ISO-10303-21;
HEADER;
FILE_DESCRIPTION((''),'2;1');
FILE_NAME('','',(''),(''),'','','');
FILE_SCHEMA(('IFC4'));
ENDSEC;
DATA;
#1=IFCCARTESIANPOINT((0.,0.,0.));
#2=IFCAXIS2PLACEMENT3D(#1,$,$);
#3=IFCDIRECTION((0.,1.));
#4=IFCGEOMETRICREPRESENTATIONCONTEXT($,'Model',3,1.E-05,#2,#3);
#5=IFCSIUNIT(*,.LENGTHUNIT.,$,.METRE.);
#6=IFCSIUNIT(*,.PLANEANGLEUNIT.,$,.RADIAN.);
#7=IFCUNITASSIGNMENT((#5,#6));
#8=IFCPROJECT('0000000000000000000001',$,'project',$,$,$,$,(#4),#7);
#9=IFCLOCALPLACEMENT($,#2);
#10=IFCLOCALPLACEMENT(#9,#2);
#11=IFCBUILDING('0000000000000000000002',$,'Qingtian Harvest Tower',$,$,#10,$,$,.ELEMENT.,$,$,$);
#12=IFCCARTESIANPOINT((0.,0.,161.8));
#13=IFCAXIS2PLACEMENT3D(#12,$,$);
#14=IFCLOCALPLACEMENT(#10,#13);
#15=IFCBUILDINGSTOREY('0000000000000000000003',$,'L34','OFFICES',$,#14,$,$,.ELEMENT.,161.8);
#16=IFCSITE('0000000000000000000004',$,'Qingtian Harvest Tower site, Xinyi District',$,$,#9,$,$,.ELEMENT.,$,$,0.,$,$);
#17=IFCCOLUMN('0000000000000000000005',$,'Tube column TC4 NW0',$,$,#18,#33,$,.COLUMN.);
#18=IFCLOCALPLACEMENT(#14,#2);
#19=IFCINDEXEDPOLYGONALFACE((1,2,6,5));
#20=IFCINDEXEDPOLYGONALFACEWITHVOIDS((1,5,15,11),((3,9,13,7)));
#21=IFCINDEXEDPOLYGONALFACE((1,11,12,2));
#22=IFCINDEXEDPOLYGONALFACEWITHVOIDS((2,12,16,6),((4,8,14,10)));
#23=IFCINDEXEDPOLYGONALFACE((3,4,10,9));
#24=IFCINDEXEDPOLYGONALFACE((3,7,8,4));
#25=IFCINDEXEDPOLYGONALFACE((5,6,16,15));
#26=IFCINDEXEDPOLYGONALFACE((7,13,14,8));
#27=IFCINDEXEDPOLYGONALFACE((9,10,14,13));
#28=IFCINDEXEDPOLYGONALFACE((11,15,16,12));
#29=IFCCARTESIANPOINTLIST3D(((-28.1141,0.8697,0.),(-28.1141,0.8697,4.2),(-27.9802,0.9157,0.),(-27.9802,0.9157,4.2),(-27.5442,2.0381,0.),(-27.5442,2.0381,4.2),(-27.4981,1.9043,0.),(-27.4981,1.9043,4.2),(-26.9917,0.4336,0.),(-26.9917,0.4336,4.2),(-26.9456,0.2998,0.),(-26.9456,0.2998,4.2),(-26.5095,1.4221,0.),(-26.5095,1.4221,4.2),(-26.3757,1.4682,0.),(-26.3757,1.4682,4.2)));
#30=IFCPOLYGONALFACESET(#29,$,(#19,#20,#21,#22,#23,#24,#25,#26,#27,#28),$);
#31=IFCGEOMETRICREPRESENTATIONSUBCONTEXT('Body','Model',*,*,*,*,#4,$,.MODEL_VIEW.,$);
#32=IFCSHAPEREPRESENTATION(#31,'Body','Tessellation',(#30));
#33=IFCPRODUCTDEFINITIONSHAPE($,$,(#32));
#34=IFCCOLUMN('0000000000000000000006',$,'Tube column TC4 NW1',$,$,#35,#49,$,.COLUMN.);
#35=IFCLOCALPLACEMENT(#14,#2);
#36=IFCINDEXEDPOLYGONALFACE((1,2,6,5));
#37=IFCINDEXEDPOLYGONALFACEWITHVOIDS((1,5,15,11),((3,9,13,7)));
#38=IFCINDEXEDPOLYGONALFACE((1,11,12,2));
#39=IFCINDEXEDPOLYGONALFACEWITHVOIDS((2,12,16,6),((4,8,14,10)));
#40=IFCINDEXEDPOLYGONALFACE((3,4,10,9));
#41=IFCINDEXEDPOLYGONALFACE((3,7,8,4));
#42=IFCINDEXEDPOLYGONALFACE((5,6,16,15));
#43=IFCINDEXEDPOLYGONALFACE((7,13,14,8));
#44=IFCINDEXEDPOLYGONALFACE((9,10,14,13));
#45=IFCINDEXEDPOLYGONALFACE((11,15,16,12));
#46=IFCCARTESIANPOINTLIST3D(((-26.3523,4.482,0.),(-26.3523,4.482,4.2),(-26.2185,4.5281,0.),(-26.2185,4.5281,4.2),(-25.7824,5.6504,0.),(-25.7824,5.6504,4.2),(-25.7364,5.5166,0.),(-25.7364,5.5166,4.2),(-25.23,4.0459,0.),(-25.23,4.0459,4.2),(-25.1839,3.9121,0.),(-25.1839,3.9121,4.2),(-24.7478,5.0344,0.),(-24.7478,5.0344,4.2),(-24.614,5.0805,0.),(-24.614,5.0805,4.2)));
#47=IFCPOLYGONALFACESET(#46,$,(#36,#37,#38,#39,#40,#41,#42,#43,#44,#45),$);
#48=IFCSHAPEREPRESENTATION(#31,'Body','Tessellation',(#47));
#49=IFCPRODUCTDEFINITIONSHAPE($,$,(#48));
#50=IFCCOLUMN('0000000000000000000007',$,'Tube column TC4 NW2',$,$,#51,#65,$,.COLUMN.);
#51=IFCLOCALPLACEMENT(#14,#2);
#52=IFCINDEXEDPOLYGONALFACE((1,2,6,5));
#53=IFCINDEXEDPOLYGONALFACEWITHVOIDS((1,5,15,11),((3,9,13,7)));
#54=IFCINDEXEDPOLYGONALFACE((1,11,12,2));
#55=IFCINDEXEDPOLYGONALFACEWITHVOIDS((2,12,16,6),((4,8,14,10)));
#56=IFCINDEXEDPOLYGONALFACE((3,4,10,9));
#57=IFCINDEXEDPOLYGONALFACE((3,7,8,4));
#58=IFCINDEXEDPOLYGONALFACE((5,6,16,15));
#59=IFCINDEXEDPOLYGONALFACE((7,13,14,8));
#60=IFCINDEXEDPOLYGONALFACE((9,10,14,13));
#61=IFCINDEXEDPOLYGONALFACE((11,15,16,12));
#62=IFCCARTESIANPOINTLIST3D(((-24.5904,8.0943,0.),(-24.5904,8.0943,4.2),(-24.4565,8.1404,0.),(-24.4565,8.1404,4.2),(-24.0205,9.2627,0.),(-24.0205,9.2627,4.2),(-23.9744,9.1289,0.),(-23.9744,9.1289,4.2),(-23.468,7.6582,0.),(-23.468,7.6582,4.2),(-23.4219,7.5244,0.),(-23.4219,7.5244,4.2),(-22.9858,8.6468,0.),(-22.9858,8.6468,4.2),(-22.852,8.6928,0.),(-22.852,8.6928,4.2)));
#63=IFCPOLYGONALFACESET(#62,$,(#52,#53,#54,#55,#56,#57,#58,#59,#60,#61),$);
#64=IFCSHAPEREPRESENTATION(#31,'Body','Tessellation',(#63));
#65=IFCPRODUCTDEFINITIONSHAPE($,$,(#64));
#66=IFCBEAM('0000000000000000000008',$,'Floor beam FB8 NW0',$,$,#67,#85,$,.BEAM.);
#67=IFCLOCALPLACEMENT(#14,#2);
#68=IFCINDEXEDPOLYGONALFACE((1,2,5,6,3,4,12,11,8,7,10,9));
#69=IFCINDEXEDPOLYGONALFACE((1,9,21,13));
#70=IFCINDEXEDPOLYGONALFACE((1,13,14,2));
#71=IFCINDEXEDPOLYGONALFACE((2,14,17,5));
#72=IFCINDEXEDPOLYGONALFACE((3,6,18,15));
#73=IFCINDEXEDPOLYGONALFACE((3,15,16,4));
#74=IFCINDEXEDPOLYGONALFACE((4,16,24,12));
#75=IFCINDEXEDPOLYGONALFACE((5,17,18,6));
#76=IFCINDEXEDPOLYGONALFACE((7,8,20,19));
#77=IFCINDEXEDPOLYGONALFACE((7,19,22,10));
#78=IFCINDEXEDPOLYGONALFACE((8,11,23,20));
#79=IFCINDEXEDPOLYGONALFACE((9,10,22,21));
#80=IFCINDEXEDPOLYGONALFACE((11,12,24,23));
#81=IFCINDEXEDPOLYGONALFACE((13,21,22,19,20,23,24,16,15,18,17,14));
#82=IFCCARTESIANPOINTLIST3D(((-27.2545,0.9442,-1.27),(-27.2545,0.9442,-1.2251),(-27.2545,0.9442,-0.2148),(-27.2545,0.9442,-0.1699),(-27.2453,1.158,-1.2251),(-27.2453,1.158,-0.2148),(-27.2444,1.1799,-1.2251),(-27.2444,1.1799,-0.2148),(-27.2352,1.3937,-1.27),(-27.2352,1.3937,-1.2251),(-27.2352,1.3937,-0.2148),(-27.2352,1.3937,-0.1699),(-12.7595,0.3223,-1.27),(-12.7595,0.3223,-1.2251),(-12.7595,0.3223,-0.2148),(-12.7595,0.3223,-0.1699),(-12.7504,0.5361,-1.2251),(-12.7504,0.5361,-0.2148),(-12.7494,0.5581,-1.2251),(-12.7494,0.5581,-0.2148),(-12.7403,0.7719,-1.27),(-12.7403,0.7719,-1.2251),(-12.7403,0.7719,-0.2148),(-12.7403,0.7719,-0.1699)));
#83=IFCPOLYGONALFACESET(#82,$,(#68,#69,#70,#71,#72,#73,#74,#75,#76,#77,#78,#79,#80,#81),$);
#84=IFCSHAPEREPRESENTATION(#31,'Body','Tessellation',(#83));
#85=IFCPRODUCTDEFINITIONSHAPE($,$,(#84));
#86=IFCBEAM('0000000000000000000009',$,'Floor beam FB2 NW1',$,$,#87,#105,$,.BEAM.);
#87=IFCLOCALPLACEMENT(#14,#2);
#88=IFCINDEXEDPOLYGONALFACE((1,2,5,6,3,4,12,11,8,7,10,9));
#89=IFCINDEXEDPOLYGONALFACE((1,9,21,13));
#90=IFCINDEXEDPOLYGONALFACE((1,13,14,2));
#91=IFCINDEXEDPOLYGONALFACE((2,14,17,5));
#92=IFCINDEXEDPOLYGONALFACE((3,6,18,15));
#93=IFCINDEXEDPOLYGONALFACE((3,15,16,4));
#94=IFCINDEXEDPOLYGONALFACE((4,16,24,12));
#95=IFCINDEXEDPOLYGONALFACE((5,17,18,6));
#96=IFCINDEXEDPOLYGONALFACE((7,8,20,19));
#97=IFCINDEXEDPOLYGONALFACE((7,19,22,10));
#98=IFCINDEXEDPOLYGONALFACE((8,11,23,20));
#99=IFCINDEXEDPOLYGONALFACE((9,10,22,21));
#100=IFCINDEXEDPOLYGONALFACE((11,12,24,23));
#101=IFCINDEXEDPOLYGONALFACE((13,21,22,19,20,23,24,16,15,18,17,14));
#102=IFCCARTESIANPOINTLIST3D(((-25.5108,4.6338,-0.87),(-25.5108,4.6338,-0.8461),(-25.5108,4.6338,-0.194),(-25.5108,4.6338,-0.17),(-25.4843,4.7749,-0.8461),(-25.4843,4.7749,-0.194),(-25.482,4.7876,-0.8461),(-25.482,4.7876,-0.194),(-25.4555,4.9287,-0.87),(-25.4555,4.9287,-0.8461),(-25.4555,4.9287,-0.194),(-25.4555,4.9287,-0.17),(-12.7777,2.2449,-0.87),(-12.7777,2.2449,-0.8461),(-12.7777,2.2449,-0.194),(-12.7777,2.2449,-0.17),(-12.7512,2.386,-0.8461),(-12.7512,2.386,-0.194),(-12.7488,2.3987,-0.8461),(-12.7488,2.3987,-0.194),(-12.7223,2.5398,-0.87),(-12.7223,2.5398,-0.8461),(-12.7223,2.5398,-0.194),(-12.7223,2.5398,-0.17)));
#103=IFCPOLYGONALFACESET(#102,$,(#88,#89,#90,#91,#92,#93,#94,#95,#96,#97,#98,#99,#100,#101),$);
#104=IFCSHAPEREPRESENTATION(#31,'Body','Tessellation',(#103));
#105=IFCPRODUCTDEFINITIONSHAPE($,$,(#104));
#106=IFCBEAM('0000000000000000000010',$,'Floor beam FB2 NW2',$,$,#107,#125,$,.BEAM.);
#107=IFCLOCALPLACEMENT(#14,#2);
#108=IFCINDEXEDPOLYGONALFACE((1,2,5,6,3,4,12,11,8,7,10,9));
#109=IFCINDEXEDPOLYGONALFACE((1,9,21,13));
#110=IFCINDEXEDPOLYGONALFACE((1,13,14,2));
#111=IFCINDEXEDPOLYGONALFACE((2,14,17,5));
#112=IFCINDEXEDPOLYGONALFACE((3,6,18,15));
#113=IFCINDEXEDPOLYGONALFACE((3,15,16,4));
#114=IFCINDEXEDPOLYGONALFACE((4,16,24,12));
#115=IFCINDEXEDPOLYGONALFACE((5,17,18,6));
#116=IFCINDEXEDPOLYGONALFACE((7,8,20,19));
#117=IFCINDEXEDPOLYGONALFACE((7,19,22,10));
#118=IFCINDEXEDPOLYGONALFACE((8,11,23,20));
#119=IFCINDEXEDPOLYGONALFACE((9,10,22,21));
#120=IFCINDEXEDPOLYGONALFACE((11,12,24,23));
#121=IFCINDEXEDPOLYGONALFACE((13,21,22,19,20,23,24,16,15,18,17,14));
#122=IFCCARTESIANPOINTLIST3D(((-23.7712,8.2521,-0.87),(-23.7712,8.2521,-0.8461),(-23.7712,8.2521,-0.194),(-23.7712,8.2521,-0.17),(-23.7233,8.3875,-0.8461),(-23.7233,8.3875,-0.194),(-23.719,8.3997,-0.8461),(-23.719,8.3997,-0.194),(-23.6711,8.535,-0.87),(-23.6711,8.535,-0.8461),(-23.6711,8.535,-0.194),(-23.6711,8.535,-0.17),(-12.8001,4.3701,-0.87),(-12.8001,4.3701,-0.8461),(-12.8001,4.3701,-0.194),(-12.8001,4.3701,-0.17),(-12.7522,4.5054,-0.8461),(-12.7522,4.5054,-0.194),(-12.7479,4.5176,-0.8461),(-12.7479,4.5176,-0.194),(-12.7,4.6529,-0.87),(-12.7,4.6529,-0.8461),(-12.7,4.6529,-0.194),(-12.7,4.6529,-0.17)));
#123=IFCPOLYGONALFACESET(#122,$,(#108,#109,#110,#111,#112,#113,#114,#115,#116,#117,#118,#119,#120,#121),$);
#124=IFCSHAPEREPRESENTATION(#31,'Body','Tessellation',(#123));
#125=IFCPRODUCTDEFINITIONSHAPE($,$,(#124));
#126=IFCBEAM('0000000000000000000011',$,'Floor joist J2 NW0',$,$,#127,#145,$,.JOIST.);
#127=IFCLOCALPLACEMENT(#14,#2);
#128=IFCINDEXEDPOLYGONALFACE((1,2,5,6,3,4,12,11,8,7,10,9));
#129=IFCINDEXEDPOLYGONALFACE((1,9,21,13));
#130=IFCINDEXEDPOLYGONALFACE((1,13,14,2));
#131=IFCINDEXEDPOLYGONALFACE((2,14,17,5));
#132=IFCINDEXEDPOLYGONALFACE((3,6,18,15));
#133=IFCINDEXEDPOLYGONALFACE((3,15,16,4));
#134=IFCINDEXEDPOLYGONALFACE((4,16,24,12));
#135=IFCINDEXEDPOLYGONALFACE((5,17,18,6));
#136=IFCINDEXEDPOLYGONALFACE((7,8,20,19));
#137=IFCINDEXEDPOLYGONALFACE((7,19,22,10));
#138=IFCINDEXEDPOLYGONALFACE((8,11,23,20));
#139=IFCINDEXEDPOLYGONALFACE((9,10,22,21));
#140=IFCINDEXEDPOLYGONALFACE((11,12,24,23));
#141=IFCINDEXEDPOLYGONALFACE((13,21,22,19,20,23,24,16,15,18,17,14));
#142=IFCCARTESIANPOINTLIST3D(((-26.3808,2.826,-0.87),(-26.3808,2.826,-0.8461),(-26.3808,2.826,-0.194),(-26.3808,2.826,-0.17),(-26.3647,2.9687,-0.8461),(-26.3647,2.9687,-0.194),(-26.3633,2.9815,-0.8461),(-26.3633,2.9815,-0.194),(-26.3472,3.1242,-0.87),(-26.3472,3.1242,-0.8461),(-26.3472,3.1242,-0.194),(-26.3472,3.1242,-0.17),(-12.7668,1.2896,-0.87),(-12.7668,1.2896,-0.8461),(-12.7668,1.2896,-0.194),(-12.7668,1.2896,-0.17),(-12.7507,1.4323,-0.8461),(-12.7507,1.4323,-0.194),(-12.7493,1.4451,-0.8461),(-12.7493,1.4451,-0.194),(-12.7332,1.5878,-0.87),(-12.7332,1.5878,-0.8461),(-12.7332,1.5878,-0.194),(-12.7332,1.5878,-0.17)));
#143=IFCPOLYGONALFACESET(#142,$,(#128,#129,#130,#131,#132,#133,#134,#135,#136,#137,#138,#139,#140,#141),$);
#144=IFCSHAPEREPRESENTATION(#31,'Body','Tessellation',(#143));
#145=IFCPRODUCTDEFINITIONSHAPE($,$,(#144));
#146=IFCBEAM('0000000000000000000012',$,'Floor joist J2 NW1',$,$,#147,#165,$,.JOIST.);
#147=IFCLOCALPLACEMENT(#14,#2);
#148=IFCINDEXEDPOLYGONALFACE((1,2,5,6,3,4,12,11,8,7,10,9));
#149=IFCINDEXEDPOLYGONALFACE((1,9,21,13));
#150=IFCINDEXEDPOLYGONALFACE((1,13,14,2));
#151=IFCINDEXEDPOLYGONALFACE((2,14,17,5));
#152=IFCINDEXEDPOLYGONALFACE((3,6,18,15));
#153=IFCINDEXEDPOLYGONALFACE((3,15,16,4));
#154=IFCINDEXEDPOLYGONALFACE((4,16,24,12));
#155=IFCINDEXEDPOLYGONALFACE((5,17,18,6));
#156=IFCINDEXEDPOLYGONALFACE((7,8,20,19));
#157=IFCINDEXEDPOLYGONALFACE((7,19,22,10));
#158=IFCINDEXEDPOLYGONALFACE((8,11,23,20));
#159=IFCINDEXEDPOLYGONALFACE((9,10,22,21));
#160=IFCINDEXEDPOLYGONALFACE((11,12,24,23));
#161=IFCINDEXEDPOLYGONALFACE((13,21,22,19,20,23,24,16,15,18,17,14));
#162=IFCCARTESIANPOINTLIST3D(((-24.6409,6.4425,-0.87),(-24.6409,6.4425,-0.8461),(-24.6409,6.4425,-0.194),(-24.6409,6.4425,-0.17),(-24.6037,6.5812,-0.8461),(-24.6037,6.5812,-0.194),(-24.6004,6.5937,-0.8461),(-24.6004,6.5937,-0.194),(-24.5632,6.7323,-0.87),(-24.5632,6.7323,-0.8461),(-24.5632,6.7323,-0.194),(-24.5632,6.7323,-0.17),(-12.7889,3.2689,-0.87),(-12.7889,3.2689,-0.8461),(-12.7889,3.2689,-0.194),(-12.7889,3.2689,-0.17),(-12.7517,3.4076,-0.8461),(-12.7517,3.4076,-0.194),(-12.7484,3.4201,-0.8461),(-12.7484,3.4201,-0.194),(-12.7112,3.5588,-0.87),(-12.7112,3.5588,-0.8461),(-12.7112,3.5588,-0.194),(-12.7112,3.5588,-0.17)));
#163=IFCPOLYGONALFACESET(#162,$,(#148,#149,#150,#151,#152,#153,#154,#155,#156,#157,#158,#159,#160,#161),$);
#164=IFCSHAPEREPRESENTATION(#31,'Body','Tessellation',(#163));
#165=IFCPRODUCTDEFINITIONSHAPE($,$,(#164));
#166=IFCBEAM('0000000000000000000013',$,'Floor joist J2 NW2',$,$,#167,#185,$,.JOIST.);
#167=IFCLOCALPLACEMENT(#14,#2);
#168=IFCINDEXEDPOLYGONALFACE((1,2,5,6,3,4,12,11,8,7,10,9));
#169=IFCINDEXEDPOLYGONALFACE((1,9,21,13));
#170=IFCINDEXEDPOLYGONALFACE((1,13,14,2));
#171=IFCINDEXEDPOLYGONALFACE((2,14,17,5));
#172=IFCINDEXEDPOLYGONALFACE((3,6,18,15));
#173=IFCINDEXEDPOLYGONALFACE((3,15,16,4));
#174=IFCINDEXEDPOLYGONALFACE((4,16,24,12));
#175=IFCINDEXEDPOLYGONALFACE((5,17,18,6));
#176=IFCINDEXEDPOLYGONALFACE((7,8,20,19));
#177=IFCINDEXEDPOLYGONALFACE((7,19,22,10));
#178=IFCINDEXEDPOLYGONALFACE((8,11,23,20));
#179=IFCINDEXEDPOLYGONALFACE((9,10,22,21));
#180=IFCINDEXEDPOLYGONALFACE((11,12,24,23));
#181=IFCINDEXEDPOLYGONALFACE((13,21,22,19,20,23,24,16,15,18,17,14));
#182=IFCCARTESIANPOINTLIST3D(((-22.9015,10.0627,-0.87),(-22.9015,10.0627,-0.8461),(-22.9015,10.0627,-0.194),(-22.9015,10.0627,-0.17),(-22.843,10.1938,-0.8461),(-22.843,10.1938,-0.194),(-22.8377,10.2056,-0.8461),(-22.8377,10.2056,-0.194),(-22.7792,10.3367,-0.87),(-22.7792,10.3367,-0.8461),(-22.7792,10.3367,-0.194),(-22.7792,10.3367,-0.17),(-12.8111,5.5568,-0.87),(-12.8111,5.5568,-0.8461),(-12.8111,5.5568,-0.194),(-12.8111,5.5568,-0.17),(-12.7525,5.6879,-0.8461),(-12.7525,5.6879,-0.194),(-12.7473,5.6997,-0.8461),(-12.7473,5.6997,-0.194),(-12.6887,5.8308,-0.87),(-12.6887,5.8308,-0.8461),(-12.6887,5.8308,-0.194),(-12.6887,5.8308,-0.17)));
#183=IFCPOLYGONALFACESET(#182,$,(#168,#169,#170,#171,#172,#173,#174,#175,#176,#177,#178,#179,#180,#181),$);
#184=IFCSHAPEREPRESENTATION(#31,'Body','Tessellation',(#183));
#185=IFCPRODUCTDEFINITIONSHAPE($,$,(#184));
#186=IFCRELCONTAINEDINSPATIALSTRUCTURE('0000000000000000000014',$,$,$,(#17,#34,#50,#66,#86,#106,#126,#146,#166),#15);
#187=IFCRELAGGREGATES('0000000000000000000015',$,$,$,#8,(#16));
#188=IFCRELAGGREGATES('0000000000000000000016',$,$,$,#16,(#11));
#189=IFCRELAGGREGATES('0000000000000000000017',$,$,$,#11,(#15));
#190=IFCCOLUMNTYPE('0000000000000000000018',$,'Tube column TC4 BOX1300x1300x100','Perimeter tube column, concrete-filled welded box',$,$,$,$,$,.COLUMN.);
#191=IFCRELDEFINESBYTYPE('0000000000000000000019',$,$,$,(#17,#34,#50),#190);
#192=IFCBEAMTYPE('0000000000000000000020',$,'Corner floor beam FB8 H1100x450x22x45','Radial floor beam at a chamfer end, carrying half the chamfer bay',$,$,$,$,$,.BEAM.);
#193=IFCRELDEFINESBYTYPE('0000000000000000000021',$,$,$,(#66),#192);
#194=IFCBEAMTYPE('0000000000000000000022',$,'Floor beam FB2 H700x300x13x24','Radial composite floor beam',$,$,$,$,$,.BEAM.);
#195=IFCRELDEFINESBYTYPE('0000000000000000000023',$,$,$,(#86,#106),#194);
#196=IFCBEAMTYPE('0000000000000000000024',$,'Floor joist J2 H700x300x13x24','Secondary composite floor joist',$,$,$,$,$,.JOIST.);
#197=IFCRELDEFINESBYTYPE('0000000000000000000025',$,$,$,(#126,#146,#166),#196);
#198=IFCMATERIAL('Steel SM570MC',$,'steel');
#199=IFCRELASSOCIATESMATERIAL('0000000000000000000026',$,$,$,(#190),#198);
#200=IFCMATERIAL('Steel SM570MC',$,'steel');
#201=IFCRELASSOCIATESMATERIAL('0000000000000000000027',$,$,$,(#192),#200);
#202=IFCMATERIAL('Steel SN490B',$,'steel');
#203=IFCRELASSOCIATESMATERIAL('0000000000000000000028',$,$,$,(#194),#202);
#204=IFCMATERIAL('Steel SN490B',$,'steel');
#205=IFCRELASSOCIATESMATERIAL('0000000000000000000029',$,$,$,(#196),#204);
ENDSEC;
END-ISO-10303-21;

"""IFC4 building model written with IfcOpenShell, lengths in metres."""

from ifc_helpers import new_model, si_unit, direction, frame, origin, origin_2d, place, context, subcontext, project, spatial, hollow_rectangle, i_section, extrude, material, material_profile, profile_set, type_object, element, save


model = new_model("IFC4")

# Units and contexts
model_context = context("Model", 3, precision=1e-05, world=origin(), true_north=direction((0.0, 1.0)))
body_context = subcontext(model_context, "Body", "Model", "MODEL_VIEW")
ifc_project = project(units=[si_unit("LENGTHUNIT", "METRE"), si_unit("PLANEANGLEUNIT", "RADIAN")], contexts=[model_context])

# Site, building, storey
site_placement = place(None, origin())
site = spatial("IfcSite", under=ifc_project, at=site_placement, Name="Qingtian Harvest Tower site, Xinyi District", CompositionType="ELEMENT", RefElevation=0.0)
building_placement = place(site_placement, origin())
building = spatial("IfcBuilding", under=site, at=building_placement, Name="Qingtian Harvest Tower", CompositionType="ELEMENT")
storey_placement = place(building_placement, frame((0.0, 0.0, 161.8)))
storey = spatial("IfcBuildingStorey", under=building, at=storey_placement, Name="L34", Description="OFFICES", CompositionType="ELEMENT", Elevation=161.8)

# Columns
ifc_material_1 = material(Name="Steel SM570MC", Category="steel")
ifc_material_profile_1 = material_profile(ifc_material_1, hollow_rectangle(XDim=1.3, YDim=1.3, WallThickness=0.1001, at=origin_2d()), Name="BOX1300x1300x100")
ifc_profile_set_1 = profile_set([ifc_material_profile_1], Name="Steel SM570MC")
column_type = type_object("IfcColumnType", Name="Tube column TC4 BOX1300x1300x100", Description="Perimeter tube column, concrete-filled welded box", PredefinedType="COLUMN", material=ifc_profile_set_1)
for number, where, z_axis, x_axis, name in (
    (1, (-27.2449, 1.1689, 0.0), (0.0, 0.0, 1.0), (-0.438371, -0.898794, 0.0), "Tube column TC4 NW0"),
    (2, (-25.4832, 4.7812, 0.0), (0.0, 0.0, 1.0), (-0.438371, -0.898794, 0.0), "Tube column TC4 NW1"),
    (3, (-23.7212, 8.3936, 0.0), (0.0, 0.0, 1.0), (-0.438371, -0.898794, 0.0), "Tube column TC4 NW2"),
):
    element("IfcColumn", number, at=place(storey_placement, frame(where, z_axis=z_axis, x_axis=x_axis)), inside=storey, type_object=column_type, Name=name, PredefinedType="COLUMN", context=body_context, shape_type="SweptSolid", body=[
        extrude(hollow_rectangle(XDim=1.3, YDim=1.3, WallThickness=0.1001, at=origin_2d()), origin(), (0.0, 0.0, 1.0), 4.2),
    ])

# Beams
ifc_material_2 = material(Name="Steel SM570MC", Category="steel")
ifc_material_profile_2 = material_profile(ifc_material_2, i_section(OverallWidth=0.45, OverallDepth=1.1001, WebThickness=0.022, FlangeThickness=0.0449, at=origin_2d()), Name="H1100x450x22x45")
ifc_profile_set_2 = profile_set([ifc_material_profile_2], Name="Steel SM570MC")
beam_type_1 = type_object("IfcBeamType", Name="Corner floor beam FB8 H1100x450x22x45", Description="Radial floor beam at a chamfer end, carrying half the chamfer bay", PredefinedType="BEAM", material=ifc_profile_set_2)
beam_1_placement = place(storey_placement, frame((-27.2449, 1.1689, -0.72), z_axis=(0.999081, -0.04286, 0.0), x_axis=(0.04286, 0.999081, 0.0)))
element("IfcBeam", 4, at=beam_1_placement, inside=storey, type_object=beam_type_1, Name="Floor beam FB8 NW0", PredefinedType="BEAM", context=body_context, shape_type="SweptSolid", body=[
    extrude(i_section(OverallWidth=0.45, OverallDepth=1.1001, WebThickness=0.022, FlangeThickness=0.0449, at=origin_2d()), origin(), (0.0, 0.0, 1.0), 14.5083),
])
ifc_material_3 = material(Name="Steel SN490B", Category="steel")
ifc_material_profile_3 = material_profile(ifc_material_3, i_section(OverallWidth=0.3, OverallDepth=0.7, WebThickness=0.0129, FlangeThickness=0.0239, at=origin_2d()), Name="H700x300x13x24")
ifc_profile_set_3 = profile_set([ifc_material_profile_3], Name="Steel SN490B")
beam_type_2 = type_object("IfcBeamType", Name="Floor beam FB2 H700x300x13x24", Description="Radial composite floor beam", PredefinedType="BEAM", material=ifc_profile_set_3)
beam_2_placement = place(storey_placement, frame((-25.4832, 4.7812, -0.52), z_axis=(0.982852, -0.184397, 0.0), x_axis=(0.184397, 0.982852, 0.0)))
element("IfcBeam", 5, at=beam_2_placement, inside=storey, type_object=beam_type_2, Name="Floor beam FB2 NW1", PredefinedType="BEAM", context=body_context, shape_type="SweptSolid", body=[
    extrude(i_section(OverallWidth=0.3, OverallDepth=0.7, WebThickness=0.0129, FlangeThickness=0.0239, at=origin_2d()), origin(), (0.0, 0.0, 1.0), 12.9553),
])
beam_3_placement = place(storey_placement, frame((-23.7212, 8.3936, -0.52), z_axis=(0.942723, -0.333576, 0.0), x_axis=(0.333576, 0.942723, 0.0)))
element("IfcBeam", 6, at=beam_3_placement, inside=storey, type_object=beam_type_2, Name="Floor beam FB2 NW2", PredefinedType="BEAM", context=body_context, shape_type="SweptSolid", body=[
    extrude(i_section(OverallWidth=0.3, OverallDepth=0.7, WebThickness=0.0129, FlangeThickness=0.0239, at=origin_2d()), origin(), (0.0, 0.0, 1.0), 11.6377),
])
ifc_material_4 = material(Name="Steel SN490B", Category="steel")
ifc_material_profile_4 = material_profile(ifc_material_4, i_section(OverallWidth=0.3, OverallDepth=0.7, WebThickness=0.0129, FlangeThickness=0.0239, at=origin_2d()), Name="H700x300x13x24")
ifc_profile_set_4 = profile_set([ifc_material_profile_4], Name="Steel SN490B")
beam_type_3 = type_object("IfcBeamType", Name="Floor joist J2 H700x300x13x24", Description="Secondary composite floor joist", PredefinedType="JOIST", material=ifc_profile_set_4)
beam_4_placement = place(storey_placement, frame((-26.364, 2.9751, -0.52), z_axis=(0.993692, -0.112141, 0.0), x_axis=(0.112141, 0.993692, 0.0)))
element("IfcBeam", 7, at=beam_4_placement, inside=storey, type_object=beam_type_3, Name="Floor joist J2 NW0", PredefinedType="JOIST", context=body_context, shape_type="SweptSolid", body=[
    extrude(i_section(OverallWidth=0.3, OverallDepth=0.7, WebThickness=0.0129, FlangeThickness=0.0239, at=origin_2d()), origin(), (0.0, 0.0, 1.0), 13.7004),
])
beam_5_placement = place(storey_placement, frame((-24.6021, 6.5874, -0.52), z_axis=(0.96597, -0.258655, 0.0), x_axis=(0.258655, 0.96597, 0.0)))
element("IfcBeam", 8, at=beam_5_placement, inside=storey, type_object=beam_type_3, Name="Floor joist J2 NW1", PredefinedType="JOIST", context=body_context, shape_type="SweptSolid", body=[
    extrude(i_section(OverallWidth=0.3, OverallDepth=0.7, WebThickness=0.0129, FlangeThickness=0.0239, at=origin_2d()), origin(), (0.0, 0.0, 1.0), 12.2695),
])
beam_6_placement = place(storey_placement, frame((-22.8403, 10.1997, -0.52), z_axis=(0.913096, -0.407745, 0.0), x_axis=(0.407745, 0.913096, 0.0)))
element("IfcBeam", 9, at=beam_6_placement, inside=storey, type_object=beam_type_3, Name="Floor joist J2 NW2", PredefinedType="JOIST", context=body_context, shape_type="SweptSolid", body=[
    extrude(i_section(OverallWidth=0.3, OverallDepth=0.7, WebThickness=0.0129, FlangeThickness=0.0239, at=origin_2d()), origin(), (0.0, 0.0, 1.0), 11.0508),
])

save(model, "model.ifc")
